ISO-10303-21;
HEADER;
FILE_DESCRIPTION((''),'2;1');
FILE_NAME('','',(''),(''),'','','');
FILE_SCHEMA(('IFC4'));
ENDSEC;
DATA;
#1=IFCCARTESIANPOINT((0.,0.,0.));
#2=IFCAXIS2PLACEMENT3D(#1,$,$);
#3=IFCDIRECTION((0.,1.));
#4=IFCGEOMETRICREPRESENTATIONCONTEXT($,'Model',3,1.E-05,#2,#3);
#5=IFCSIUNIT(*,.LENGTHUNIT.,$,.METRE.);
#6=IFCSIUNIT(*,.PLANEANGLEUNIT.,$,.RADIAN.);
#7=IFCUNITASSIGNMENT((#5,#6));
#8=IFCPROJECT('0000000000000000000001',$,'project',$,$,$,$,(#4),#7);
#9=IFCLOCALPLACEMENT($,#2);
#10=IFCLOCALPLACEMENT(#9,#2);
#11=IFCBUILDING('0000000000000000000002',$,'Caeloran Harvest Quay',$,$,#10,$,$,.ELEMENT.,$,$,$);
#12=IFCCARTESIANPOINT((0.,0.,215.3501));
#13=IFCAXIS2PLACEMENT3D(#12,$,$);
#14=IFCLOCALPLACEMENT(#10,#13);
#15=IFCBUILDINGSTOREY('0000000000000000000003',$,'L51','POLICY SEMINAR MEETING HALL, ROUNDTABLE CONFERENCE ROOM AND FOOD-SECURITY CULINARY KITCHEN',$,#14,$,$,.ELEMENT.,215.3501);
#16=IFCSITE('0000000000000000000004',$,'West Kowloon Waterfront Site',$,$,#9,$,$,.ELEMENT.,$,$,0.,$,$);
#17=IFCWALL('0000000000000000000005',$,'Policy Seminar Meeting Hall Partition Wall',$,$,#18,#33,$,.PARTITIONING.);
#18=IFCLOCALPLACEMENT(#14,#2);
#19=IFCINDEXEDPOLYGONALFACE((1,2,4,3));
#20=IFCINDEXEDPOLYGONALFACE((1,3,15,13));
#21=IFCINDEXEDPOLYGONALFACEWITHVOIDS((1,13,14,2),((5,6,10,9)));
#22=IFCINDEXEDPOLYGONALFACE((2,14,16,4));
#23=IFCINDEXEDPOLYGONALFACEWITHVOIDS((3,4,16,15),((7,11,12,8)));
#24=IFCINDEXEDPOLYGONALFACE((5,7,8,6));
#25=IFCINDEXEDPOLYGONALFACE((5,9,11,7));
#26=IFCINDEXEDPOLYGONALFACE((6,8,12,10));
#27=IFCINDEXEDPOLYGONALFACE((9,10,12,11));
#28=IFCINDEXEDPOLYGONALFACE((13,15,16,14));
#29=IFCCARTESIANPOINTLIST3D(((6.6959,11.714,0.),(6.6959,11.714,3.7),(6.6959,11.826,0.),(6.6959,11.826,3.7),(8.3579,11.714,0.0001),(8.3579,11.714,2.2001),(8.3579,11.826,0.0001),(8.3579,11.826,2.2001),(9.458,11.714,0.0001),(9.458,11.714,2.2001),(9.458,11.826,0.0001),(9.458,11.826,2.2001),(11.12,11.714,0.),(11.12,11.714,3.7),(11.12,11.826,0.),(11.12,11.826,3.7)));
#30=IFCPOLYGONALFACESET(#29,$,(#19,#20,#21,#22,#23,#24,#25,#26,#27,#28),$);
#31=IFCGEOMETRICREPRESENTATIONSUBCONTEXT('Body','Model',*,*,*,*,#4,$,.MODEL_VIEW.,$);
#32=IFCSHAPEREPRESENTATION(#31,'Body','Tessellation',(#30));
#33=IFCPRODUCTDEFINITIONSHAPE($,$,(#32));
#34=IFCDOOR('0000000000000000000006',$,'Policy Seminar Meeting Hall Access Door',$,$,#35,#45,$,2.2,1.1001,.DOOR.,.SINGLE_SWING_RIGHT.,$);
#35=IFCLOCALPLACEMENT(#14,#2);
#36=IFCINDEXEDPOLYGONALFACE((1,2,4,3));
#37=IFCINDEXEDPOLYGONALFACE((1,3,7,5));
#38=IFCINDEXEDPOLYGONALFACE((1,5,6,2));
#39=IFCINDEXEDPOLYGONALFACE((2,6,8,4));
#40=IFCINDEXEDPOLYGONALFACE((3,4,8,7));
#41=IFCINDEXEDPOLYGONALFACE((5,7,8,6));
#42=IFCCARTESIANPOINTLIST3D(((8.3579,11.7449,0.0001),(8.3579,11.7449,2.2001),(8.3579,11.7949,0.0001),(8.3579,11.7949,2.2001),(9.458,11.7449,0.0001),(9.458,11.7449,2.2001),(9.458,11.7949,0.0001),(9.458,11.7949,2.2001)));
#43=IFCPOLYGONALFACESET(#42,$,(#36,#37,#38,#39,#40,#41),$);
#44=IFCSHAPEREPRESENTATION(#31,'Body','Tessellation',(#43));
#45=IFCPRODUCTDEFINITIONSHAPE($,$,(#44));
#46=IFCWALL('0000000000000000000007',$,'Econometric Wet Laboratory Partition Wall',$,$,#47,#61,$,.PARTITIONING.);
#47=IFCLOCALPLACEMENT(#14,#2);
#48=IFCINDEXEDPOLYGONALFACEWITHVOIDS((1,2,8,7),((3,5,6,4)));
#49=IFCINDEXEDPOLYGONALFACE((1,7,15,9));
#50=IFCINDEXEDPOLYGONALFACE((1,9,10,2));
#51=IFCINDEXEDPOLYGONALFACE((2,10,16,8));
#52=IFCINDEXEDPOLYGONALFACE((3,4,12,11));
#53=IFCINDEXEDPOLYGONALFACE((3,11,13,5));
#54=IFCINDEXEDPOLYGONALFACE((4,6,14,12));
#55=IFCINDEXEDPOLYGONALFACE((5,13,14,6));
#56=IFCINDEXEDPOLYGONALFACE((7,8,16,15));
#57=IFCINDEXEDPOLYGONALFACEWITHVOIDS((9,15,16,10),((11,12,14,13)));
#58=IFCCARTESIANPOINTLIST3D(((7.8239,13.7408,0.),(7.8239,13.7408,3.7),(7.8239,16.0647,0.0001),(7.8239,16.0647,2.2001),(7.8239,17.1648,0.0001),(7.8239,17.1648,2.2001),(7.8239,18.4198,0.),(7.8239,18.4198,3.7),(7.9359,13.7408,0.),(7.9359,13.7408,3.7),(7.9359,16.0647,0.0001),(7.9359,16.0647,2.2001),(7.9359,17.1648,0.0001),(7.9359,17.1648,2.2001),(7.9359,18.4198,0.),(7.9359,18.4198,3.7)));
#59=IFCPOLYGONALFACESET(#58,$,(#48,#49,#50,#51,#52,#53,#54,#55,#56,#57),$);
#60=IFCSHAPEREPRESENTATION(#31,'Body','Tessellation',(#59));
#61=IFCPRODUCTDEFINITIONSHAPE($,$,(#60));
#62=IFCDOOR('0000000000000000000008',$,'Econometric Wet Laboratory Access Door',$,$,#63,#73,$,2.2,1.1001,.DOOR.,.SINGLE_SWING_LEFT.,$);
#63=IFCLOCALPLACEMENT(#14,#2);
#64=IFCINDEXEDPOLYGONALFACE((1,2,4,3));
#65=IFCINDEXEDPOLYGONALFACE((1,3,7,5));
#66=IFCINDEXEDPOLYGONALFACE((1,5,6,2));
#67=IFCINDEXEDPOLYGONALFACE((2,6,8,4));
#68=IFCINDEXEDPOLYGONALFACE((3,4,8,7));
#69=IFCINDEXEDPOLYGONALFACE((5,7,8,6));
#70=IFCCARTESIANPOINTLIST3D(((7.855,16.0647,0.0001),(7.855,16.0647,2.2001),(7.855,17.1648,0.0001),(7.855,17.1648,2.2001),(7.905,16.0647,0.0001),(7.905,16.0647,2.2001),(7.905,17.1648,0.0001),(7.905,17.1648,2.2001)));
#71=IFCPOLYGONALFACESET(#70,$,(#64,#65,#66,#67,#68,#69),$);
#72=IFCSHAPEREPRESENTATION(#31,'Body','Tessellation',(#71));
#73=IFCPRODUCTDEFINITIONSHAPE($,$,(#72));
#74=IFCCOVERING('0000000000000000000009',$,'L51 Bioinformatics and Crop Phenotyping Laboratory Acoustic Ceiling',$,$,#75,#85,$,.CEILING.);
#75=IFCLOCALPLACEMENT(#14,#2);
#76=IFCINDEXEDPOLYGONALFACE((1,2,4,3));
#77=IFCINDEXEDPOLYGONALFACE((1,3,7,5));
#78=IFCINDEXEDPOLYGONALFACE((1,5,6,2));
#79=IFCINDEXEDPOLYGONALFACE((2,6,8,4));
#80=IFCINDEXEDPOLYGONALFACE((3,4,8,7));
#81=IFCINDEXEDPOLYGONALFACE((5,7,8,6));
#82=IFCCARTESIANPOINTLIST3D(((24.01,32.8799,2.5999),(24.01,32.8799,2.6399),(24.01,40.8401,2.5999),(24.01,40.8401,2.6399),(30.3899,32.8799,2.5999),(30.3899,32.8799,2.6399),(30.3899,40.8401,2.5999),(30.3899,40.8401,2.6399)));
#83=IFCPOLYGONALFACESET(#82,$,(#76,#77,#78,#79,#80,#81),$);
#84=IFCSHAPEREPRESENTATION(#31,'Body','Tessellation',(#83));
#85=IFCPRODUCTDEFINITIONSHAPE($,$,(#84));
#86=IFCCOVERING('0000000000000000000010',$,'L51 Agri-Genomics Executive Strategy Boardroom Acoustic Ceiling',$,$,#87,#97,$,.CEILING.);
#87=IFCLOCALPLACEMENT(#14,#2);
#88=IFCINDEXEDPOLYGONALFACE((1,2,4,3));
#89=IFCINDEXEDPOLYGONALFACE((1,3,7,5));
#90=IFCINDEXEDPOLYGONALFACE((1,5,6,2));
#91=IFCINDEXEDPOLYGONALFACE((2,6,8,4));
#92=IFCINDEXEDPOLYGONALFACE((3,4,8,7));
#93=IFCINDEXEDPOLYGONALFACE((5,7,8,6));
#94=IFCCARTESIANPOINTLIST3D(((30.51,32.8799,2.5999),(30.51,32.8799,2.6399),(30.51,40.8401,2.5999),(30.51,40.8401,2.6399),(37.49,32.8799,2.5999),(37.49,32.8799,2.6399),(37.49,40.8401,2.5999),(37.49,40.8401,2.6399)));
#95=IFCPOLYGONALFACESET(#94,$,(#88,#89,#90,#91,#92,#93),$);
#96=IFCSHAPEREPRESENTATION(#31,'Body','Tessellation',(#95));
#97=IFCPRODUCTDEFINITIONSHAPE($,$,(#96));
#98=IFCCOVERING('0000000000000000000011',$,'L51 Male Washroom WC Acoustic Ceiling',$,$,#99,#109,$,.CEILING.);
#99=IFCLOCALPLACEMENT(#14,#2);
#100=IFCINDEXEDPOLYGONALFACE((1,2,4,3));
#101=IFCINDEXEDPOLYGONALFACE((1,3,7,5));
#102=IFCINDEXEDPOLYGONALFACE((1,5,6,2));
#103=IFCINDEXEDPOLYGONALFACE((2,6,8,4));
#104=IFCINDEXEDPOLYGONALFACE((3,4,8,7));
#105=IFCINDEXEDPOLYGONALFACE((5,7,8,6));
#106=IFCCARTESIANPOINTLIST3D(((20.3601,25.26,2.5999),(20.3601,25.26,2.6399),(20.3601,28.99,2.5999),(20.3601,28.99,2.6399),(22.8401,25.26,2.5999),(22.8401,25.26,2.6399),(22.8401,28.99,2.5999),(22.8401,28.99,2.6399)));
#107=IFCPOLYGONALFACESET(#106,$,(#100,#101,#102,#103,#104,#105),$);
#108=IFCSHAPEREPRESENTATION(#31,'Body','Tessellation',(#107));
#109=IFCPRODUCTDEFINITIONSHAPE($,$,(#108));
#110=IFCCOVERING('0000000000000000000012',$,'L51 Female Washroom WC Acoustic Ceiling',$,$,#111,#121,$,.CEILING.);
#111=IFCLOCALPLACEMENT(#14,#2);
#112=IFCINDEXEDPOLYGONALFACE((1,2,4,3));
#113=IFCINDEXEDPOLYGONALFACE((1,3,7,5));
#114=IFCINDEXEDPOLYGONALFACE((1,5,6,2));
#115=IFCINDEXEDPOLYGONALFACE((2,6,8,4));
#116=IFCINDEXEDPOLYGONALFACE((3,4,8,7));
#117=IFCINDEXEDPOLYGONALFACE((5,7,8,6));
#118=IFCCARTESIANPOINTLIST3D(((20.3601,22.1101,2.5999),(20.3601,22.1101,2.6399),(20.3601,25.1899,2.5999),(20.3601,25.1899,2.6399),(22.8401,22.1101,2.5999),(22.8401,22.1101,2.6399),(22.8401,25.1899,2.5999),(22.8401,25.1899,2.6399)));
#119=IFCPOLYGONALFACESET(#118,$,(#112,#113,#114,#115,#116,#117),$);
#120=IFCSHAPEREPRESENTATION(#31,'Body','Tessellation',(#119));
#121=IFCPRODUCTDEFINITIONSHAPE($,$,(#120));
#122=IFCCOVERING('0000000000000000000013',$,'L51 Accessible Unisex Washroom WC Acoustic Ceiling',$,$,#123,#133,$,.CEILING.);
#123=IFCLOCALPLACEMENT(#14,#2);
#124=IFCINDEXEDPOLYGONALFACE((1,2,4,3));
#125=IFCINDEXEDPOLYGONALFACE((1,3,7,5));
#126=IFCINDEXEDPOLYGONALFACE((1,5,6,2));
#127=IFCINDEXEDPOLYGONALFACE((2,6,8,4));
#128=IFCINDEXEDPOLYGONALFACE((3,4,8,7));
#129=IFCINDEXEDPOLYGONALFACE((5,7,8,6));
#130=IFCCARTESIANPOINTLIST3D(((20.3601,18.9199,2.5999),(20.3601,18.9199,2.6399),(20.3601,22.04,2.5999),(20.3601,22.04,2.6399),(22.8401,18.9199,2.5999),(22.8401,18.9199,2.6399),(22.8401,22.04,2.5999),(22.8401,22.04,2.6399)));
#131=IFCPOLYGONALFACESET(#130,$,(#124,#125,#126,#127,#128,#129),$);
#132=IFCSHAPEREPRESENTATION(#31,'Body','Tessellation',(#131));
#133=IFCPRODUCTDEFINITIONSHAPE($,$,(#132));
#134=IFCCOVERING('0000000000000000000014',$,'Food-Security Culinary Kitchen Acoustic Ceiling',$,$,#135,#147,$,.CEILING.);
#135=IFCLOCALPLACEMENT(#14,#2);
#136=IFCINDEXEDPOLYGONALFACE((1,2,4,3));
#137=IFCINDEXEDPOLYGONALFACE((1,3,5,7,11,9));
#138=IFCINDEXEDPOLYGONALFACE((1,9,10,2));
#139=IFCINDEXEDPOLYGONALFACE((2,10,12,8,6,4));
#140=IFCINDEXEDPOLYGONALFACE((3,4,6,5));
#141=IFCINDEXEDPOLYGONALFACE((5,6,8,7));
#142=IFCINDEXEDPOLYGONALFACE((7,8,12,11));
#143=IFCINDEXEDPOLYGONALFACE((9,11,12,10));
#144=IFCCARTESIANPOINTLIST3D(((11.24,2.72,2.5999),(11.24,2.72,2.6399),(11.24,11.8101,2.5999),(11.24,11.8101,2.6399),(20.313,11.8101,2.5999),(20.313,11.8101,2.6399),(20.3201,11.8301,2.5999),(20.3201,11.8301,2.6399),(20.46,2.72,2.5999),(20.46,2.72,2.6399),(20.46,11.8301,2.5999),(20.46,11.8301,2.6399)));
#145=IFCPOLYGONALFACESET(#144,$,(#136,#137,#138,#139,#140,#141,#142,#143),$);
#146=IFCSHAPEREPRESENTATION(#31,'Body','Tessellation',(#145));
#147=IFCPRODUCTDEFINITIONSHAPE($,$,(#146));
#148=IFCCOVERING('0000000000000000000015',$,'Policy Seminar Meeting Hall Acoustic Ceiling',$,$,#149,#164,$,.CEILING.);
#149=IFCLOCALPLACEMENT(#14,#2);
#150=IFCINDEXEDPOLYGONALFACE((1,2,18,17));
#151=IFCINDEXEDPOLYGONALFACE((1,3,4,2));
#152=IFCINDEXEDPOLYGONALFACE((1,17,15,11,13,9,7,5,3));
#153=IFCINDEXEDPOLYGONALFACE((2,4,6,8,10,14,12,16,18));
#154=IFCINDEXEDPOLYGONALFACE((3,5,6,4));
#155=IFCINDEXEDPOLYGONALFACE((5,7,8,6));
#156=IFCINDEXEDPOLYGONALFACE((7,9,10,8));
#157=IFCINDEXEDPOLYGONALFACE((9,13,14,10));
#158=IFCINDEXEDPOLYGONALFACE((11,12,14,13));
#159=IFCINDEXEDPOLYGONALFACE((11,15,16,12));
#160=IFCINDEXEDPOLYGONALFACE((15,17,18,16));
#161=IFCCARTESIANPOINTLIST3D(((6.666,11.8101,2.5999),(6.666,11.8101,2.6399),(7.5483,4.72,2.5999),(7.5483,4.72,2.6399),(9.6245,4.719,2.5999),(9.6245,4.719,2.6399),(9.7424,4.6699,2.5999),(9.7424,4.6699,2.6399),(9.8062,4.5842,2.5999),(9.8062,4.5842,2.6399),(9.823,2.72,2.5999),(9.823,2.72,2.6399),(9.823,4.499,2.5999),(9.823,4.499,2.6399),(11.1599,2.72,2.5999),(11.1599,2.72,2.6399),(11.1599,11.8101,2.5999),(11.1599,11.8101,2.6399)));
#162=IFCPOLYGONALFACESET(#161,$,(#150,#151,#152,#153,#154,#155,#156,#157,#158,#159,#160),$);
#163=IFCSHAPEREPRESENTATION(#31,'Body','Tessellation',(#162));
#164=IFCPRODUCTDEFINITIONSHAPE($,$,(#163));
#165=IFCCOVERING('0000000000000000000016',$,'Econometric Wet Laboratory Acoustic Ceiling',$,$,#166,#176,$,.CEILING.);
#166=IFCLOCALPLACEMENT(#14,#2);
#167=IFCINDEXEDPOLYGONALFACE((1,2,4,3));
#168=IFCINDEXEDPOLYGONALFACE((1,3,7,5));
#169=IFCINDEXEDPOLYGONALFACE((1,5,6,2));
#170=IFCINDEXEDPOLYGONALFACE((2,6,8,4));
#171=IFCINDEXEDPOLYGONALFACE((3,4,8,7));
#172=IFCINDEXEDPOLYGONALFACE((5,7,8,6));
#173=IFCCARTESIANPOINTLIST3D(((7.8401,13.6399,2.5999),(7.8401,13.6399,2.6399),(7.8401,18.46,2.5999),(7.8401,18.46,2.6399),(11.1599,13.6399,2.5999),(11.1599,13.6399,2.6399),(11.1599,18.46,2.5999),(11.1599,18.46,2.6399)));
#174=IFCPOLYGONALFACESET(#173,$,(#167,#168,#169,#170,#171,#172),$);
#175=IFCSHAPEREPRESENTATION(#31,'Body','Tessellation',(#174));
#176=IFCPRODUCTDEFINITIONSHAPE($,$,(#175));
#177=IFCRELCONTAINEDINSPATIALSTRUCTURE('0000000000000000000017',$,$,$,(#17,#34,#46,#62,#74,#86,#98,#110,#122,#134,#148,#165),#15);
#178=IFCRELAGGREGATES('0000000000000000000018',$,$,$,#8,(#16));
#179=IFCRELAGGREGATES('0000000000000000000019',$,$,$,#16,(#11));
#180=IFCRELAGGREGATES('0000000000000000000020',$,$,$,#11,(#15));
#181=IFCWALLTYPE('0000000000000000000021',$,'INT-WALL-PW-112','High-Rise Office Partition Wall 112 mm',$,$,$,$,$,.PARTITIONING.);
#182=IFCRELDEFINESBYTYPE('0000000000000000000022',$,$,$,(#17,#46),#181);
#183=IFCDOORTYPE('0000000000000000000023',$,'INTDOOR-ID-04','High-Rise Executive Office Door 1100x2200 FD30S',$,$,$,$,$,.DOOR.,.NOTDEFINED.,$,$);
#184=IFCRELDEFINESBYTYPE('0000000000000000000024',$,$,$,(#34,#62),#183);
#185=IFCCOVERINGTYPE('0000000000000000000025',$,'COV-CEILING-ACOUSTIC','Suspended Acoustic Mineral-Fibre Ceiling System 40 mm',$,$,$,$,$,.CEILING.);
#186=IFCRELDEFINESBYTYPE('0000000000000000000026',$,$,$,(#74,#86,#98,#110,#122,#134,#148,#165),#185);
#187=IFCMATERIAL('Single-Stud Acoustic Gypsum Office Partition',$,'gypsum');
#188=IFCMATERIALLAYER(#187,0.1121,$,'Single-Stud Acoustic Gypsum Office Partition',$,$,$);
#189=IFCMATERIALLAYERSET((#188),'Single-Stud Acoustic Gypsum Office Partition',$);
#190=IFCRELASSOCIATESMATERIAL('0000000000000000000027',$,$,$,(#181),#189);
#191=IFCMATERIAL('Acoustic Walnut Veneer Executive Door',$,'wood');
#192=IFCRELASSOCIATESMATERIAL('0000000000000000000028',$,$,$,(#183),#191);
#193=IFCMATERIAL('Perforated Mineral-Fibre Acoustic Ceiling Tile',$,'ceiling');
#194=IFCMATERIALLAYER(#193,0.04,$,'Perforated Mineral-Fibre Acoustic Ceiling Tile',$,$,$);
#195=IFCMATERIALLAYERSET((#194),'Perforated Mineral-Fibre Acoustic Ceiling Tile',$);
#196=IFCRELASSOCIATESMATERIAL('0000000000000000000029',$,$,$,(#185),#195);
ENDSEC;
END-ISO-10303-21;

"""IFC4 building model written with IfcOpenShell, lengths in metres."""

from ifc_helpers import new_model, si_unit, direction, frame, frame_2d, origin, place, context, subcontext, project, spatial, polyline, rectangle, outline, extrude, material, layer, layer_set, type_object, element, fill, save


model = new_model("IFC4")

# Units and contexts
model_context = context("Model", 3, precision=1e-05, world=origin(), true_north=direction((0.0, 1.0)))
body_context = subcontext(model_context, "Body", "Model", "MODEL_VIEW")
ifc_project = project(units=[si_unit("LENGTHUNIT", "METRE"), si_unit("PLANEANGLEUNIT", "RADIAN")], contexts=[model_context])

# Site, building, storey
site_placement = place(None, origin())
site = spatial("IfcSite", under=ifc_project, at=site_placement, Name="West Kowloon Waterfront Site", CompositionType="ELEMENT", RefElevation=0.0)
building_placement = place(site_placement, origin())
building = spatial("IfcBuilding", under=site, at=building_placement, Name="Caeloran Harvest Quay", CompositionType="ELEMENT")
storey_placement = place(building_placement, frame((0.0, 0.0, 215.3501)))
storey = spatial("IfcBuildingStorey", under=building, at=storey_placement, Name="L51", Description="POLICY SEMINAR MEETING HALL, ROUNDTABLE CONFERENCE ROOM AND FOOD-SECURITY CULINARY KITCHEN", CompositionType="ELEMENT", Elevation=215.3501)

# Walls, openings, doors
ifc_material_1 = material(Name="Single-Stud Acoustic Gypsum Office Partition", Category="gypsum")
ifc_layer_1 = layer(ifc_material_1, 0.1121, Name="Single-Stud Acoustic Gypsum Office Partition")
ifc_layer_set_1 = layer_set([ifc_layer_1], Name="Single-Stud Acoustic Gypsum Office Partition")
wall_type_1 = type_object("IfcWallType", Name="INT-WALL-PW-112", Description="High-Rise Office Partition Wall 112 mm", PredefinedType="PARTITIONING", material=ifc_layer_set_1)
wall_1_placement = place(storey_placement, frame((6.696, 11.77, 0.0), z_axis=(0.0, 0.0, 1.0), x_axis=(1.0, 0.0, 0.0)))
wall_1 = element("IfcWall", 1, at=wall_1_placement, inside=storey, type_object=wall_type_1, Name="Policy Seminar Meeting Hall Partition Wall", PredefinedType="PARTITIONING", context=body_context, shape_type="SweptSolid", body=[
    extrude(rectangle(XDim=4.4241, YDim=0.1121, at=frame_2d((2.2119, 0.0))), origin(), (0.0, 0.0, 1.0), 3.7),
])
opening_1_placement = place(wall_1_placement, frame((1.6619, 0.0, 0.0)))
opening_1 = element("IfcOpeningElement", 2, at=opening_1_placement, cuts=wall_1, PredefinedType="OPENING", context=body_context, shape_type="SweptSolid", body=[
    extrude(rectangle(XDim=1.1001, YDim=2.2, at=frame_2d((0.55, 1.1001))), frame((0.0, 0.0659, 0.0), z_axis=(0.0, -1.0, 0.0), x_axis=(1.0, 0.0, 0.0)), (0.0, 0.0, 1.0), 0.1321),
])
ifc_material_2 = material(Name="Acoustic Walnut Veneer Executive Door", Category="wood")
door_type = type_object("IfcDoorType", Name="INTDOOR-ID-04", Description="High-Rise Executive Office Door 1100x2200 FD30S", OperationType="NOTDEFINED", PredefinedType="DOOR", material=ifc_material_2)
door_1_placement = place(opening_1_placement, origin())
door_1 = element("IfcDoor", 3, at=door_1_placement, inside=storey, type_object=door_type, Name="Policy Seminar Meeting Hall Access Door", OperationType="SINGLE_SWING_RIGHT", OverallHeight=2.2, OverallWidth=1.1001, PredefinedType="DOOR", context=body_context, shape_type="SweptSolid", body=[
    extrude(rectangle(XDim=1.1001, YDim=2.2, at=frame_2d((0.55, 1.1001))), frame((0.0, 0.0249, 0.0), z_axis=(0.0, -1.0, 0.0), x_axis=(1.0, 0.0, 0.0)), (0.0, 0.0, 1.0), 0.05),
])
fill(opening_1, door_1)
wall_2_placement = place(storey_placement, frame((7.8799, 13.741, 0.0), z_axis=(0.0, 0.0, 1.0), x_axis=(0.0, 1.0, 0.0)))
wall_2 = element("IfcWall", 4, at=wall_2_placement, inside=storey, type_object=wall_type_1, Name="Econometric Wet Laboratory Partition Wall", PredefinedType="PARTITIONING", context=body_context, shape_type="SweptSolid", body=[
    extrude(rectangle(XDim=4.679, YDim=0.1121, at=frame_2d((2.3394, 0.0))), origin(), (0.0, 0.0, 1.0), 3.7),
])
opening_2_placement = place(wall_2_placement, frame((2.3237, 0.0, 0.0)))
opening_2 = element("IfcOpeningElement", 5, at=opening_2_placement, cuts=wall_2, PredefinedType="OPENING", context=body_context, shape_type="SweptSolid", body=[
    extrude(rectangle(XDim=1.1001, YDim=2.2, at=frame_2d((0.55, 1.1001))), frame((0.0, 0.0659, 0.0), z_axis=(0.0, -1.0, 0.0), x_axis=(1.0, 0.0, 0.0)), (0.0, 0.0, 1.0), 0.1321),
])
door_2_placement = place(opening_2_placement, origin())
door_2 = element("IfcDoor", 6, at=door_2_placement, inside=storey, type_object=door_type, Name="Econometric Wet Laboratory Access Door", OperationType="SINGLE_SWING_LEFT", OverallHeight=2.2, OverallWidth=1.1001, PredefinedType="DOOR", context=body_context, shape_type="SweptSolid", body=[
    extrude(rectangle(XDim=1.1001, YDim=2.2, at=frame_2d((0.55, 1.1001))), frame((0.0, 0.0249, 0.0), z_axis=(0.0, -1.0, 0.0), x_axis=(1.0, 0.0, 0.0)), (0.0, 0.0, 1.0), 0.05),
])
fill(opening_2, door_2)

# Coverings
ifc_material_3 = material(Name="Perforated Mineral-Fibre Acoustic Ceiling Tile", Category="ceiling")
ifc_layer_2 = layer(ifc_material_3, 0.04, Name="Perforated Mineral-Fibre Acoustic Ceiling Tile")
ifc_layer_set_2 = layer_set([ifc_layer_2], Name="Perforated Mineral-Fibre Acoustic Ceiling Tile")
covering_type_1 = type_object("IfcCoveringType", Name="COV-CEILING-ACOUSTIC", Description="Suspended Acoustic Mineral-Fibre Ceiling System 40 mm", PredefinedType="CEILING", material=ifc_layer_set_2)
covering_1_placement = place(storey_placement, frame((0.0, 0.0, 2.5999)))
element("IfcCovering", 7, at=covering_1_placement, inside=storey, type_object=covering_type_1, Name="L51 Bioinformatics and Crop Phenotyping Laboratory Acoustic Ceiling", PredefinedType="CEILING", context=body_context, shape_type="SweptSolid", body=[
    extrude(outline(polyline([(30.3899, 40.8401), (30.3899, 32.8799), (24.01, 32.8799), (24.01, 40.8401), (30.3899, 40.8401)])), origin(), (0.0, 0.0, 1.0), 0.04),
])
covering_2_placement = place(storey_placement, frame((0.0, 0.0, 2.5999)))
element("IfcCovering", 8, at=covering_2_placement, inside=storey, type_object=covering_type_1, Name="L51 Agri-Genomics Executive Strategy Boardroom Acoustic Ceiling", PredefinedType="CEILING", context=body_context, shape_type="SweptSolid", body=[
    extrude(outline(polyline([(37.49, 40.8401), (37.49, 32.8799), (30.51, 32.8799), (30.51, 40.8401), (37.49, 40.8401)])), origin(), (0.0, 0.0, 1.0), 0.04),
])
covering_3_placement = place(storey_placement, frame((0.0, 0.0, 2.5999)))
element("IfcCovering", 9, at=covering_3_placement, inside=storey, type_object=covering_type_1, Name="L51 Male Washroom WC Acoustic Ceiling", PredefinedType="CEILING", context=body_context, shape_type="SweptSolid", body=[
    extrude(outline(polyline([(22.8401, 28.99), (22.8401, 25.26), (20.3601, 25.26), (20.3601, 28.99), (22.8401, 28.99)])), origin(), (0.0, 0.0, 1.0), 0.04),
])
covering_4_placement = place(storey_placement, frame((0.0, 0.0, 2.5999)))
element("IfcCovering", 10, at=covering_4_placement, inside=storey, type_object=covering_type_1, Name="L51 Female Washroom WC Acoustic Ceiling", PredefinedType="CEILING", context=body_context, shape_type="SweptSolid", body=[
    extrude(outline(polyline([(22.8401, 25.1899), (22.8401, 22.1101), (20.3601, 22.1101), (20.3601, 25.1899), (22.8401, 25.1899)])), origin(), (0.0, 0.0, 1.0), 0.04),
])
covering_5_placement = place(storey_placement, frame((0.0, 0.0, 2.5999)))
element("IfcCovering", 11, at=covering_5_placement, inside=storey, type_object=covering_type_1, Name="L51 Accessible Unisex Washroom WC Acoustic Ceiling", PredefinedType="CEILING", context=body_context, shape_type="SweptSolid", body=[
    extrude(outline(polyline([(22.8401, 22.04), (22.8401, 18.9199), (20.3601, 18.9199), (20.3601, 22.04), (22.8401, 22.04)])), origin(), (0.0, 0.0, 1.0), 0.04),
])
covering_6_placement = place(storey_placement, frame((0.0, 0.0, 2.5999)))
element("IfcCovering", 12, at=covering_6_placement, inside=storey, type_object=covering_type_1, Name="Food-Security Culinary Kitchen Acoustic Ceiling", PredefinedType="CEILING", context=body_context, shape_type="SweptSolid", body=[
    extrude(outline(polyline([(11.24, 11.8101), (20.313, 11.8101), (20.3201, 11.8301), (20.46, 11.8301), (20.46, 2.72), (11.24, 2.72), (11.24, 11.8101)])), origin(), (0.0, 0.0, 1.0), 0.04),
])
covering_7_placement = place(storey_placement, frame((0.0, 0.0, 2.5999)))
element("IfcCovering", 13, at=covering_7_placement, inside=storey, type_object=covering_type_1, Name="Policy Seminar Meeting Hall Acoustic Ceiling", PredefinedType="CEILING", context=body_context, shape_type="SweptSolid", body=[
    extrude(outline(polyline([(9.8062, 4.5842), (9.7424, 4.6699), (9.6245, 4.719), (7.5483, 4.72), (6.666, 11.8101), (11.1599, 11.8101), (11.1599, 2.72), (9.823, 2.72), (9.823, 4.499), (9.8062, 4.5842)])), origin(), (0.0, 0.0, 1.0), 0.04),
])
covering_8_placement = place(storey_placement, frame((0.0, 0.0, 2.5999)))
element("IfcCovering", 14, at=covering_8_placement, inside=storey, type_object=covering_type_1, Name="Econometric Wet Laboratory Acoustic Ceiling", PredefinedType="CEILING", context=body_context, shape_type="SweptSolid", body=[
    extrude(outline(polyline([(7.8401, 13.6399), (7.8401, 18.46), (11.1599, 18.46), (11.1599, 13.6399), (7.8401, 13.6399)])), origin(), (0.0, 0.0, 1.0), 0.04),
])

save(model, "model.ifc")
